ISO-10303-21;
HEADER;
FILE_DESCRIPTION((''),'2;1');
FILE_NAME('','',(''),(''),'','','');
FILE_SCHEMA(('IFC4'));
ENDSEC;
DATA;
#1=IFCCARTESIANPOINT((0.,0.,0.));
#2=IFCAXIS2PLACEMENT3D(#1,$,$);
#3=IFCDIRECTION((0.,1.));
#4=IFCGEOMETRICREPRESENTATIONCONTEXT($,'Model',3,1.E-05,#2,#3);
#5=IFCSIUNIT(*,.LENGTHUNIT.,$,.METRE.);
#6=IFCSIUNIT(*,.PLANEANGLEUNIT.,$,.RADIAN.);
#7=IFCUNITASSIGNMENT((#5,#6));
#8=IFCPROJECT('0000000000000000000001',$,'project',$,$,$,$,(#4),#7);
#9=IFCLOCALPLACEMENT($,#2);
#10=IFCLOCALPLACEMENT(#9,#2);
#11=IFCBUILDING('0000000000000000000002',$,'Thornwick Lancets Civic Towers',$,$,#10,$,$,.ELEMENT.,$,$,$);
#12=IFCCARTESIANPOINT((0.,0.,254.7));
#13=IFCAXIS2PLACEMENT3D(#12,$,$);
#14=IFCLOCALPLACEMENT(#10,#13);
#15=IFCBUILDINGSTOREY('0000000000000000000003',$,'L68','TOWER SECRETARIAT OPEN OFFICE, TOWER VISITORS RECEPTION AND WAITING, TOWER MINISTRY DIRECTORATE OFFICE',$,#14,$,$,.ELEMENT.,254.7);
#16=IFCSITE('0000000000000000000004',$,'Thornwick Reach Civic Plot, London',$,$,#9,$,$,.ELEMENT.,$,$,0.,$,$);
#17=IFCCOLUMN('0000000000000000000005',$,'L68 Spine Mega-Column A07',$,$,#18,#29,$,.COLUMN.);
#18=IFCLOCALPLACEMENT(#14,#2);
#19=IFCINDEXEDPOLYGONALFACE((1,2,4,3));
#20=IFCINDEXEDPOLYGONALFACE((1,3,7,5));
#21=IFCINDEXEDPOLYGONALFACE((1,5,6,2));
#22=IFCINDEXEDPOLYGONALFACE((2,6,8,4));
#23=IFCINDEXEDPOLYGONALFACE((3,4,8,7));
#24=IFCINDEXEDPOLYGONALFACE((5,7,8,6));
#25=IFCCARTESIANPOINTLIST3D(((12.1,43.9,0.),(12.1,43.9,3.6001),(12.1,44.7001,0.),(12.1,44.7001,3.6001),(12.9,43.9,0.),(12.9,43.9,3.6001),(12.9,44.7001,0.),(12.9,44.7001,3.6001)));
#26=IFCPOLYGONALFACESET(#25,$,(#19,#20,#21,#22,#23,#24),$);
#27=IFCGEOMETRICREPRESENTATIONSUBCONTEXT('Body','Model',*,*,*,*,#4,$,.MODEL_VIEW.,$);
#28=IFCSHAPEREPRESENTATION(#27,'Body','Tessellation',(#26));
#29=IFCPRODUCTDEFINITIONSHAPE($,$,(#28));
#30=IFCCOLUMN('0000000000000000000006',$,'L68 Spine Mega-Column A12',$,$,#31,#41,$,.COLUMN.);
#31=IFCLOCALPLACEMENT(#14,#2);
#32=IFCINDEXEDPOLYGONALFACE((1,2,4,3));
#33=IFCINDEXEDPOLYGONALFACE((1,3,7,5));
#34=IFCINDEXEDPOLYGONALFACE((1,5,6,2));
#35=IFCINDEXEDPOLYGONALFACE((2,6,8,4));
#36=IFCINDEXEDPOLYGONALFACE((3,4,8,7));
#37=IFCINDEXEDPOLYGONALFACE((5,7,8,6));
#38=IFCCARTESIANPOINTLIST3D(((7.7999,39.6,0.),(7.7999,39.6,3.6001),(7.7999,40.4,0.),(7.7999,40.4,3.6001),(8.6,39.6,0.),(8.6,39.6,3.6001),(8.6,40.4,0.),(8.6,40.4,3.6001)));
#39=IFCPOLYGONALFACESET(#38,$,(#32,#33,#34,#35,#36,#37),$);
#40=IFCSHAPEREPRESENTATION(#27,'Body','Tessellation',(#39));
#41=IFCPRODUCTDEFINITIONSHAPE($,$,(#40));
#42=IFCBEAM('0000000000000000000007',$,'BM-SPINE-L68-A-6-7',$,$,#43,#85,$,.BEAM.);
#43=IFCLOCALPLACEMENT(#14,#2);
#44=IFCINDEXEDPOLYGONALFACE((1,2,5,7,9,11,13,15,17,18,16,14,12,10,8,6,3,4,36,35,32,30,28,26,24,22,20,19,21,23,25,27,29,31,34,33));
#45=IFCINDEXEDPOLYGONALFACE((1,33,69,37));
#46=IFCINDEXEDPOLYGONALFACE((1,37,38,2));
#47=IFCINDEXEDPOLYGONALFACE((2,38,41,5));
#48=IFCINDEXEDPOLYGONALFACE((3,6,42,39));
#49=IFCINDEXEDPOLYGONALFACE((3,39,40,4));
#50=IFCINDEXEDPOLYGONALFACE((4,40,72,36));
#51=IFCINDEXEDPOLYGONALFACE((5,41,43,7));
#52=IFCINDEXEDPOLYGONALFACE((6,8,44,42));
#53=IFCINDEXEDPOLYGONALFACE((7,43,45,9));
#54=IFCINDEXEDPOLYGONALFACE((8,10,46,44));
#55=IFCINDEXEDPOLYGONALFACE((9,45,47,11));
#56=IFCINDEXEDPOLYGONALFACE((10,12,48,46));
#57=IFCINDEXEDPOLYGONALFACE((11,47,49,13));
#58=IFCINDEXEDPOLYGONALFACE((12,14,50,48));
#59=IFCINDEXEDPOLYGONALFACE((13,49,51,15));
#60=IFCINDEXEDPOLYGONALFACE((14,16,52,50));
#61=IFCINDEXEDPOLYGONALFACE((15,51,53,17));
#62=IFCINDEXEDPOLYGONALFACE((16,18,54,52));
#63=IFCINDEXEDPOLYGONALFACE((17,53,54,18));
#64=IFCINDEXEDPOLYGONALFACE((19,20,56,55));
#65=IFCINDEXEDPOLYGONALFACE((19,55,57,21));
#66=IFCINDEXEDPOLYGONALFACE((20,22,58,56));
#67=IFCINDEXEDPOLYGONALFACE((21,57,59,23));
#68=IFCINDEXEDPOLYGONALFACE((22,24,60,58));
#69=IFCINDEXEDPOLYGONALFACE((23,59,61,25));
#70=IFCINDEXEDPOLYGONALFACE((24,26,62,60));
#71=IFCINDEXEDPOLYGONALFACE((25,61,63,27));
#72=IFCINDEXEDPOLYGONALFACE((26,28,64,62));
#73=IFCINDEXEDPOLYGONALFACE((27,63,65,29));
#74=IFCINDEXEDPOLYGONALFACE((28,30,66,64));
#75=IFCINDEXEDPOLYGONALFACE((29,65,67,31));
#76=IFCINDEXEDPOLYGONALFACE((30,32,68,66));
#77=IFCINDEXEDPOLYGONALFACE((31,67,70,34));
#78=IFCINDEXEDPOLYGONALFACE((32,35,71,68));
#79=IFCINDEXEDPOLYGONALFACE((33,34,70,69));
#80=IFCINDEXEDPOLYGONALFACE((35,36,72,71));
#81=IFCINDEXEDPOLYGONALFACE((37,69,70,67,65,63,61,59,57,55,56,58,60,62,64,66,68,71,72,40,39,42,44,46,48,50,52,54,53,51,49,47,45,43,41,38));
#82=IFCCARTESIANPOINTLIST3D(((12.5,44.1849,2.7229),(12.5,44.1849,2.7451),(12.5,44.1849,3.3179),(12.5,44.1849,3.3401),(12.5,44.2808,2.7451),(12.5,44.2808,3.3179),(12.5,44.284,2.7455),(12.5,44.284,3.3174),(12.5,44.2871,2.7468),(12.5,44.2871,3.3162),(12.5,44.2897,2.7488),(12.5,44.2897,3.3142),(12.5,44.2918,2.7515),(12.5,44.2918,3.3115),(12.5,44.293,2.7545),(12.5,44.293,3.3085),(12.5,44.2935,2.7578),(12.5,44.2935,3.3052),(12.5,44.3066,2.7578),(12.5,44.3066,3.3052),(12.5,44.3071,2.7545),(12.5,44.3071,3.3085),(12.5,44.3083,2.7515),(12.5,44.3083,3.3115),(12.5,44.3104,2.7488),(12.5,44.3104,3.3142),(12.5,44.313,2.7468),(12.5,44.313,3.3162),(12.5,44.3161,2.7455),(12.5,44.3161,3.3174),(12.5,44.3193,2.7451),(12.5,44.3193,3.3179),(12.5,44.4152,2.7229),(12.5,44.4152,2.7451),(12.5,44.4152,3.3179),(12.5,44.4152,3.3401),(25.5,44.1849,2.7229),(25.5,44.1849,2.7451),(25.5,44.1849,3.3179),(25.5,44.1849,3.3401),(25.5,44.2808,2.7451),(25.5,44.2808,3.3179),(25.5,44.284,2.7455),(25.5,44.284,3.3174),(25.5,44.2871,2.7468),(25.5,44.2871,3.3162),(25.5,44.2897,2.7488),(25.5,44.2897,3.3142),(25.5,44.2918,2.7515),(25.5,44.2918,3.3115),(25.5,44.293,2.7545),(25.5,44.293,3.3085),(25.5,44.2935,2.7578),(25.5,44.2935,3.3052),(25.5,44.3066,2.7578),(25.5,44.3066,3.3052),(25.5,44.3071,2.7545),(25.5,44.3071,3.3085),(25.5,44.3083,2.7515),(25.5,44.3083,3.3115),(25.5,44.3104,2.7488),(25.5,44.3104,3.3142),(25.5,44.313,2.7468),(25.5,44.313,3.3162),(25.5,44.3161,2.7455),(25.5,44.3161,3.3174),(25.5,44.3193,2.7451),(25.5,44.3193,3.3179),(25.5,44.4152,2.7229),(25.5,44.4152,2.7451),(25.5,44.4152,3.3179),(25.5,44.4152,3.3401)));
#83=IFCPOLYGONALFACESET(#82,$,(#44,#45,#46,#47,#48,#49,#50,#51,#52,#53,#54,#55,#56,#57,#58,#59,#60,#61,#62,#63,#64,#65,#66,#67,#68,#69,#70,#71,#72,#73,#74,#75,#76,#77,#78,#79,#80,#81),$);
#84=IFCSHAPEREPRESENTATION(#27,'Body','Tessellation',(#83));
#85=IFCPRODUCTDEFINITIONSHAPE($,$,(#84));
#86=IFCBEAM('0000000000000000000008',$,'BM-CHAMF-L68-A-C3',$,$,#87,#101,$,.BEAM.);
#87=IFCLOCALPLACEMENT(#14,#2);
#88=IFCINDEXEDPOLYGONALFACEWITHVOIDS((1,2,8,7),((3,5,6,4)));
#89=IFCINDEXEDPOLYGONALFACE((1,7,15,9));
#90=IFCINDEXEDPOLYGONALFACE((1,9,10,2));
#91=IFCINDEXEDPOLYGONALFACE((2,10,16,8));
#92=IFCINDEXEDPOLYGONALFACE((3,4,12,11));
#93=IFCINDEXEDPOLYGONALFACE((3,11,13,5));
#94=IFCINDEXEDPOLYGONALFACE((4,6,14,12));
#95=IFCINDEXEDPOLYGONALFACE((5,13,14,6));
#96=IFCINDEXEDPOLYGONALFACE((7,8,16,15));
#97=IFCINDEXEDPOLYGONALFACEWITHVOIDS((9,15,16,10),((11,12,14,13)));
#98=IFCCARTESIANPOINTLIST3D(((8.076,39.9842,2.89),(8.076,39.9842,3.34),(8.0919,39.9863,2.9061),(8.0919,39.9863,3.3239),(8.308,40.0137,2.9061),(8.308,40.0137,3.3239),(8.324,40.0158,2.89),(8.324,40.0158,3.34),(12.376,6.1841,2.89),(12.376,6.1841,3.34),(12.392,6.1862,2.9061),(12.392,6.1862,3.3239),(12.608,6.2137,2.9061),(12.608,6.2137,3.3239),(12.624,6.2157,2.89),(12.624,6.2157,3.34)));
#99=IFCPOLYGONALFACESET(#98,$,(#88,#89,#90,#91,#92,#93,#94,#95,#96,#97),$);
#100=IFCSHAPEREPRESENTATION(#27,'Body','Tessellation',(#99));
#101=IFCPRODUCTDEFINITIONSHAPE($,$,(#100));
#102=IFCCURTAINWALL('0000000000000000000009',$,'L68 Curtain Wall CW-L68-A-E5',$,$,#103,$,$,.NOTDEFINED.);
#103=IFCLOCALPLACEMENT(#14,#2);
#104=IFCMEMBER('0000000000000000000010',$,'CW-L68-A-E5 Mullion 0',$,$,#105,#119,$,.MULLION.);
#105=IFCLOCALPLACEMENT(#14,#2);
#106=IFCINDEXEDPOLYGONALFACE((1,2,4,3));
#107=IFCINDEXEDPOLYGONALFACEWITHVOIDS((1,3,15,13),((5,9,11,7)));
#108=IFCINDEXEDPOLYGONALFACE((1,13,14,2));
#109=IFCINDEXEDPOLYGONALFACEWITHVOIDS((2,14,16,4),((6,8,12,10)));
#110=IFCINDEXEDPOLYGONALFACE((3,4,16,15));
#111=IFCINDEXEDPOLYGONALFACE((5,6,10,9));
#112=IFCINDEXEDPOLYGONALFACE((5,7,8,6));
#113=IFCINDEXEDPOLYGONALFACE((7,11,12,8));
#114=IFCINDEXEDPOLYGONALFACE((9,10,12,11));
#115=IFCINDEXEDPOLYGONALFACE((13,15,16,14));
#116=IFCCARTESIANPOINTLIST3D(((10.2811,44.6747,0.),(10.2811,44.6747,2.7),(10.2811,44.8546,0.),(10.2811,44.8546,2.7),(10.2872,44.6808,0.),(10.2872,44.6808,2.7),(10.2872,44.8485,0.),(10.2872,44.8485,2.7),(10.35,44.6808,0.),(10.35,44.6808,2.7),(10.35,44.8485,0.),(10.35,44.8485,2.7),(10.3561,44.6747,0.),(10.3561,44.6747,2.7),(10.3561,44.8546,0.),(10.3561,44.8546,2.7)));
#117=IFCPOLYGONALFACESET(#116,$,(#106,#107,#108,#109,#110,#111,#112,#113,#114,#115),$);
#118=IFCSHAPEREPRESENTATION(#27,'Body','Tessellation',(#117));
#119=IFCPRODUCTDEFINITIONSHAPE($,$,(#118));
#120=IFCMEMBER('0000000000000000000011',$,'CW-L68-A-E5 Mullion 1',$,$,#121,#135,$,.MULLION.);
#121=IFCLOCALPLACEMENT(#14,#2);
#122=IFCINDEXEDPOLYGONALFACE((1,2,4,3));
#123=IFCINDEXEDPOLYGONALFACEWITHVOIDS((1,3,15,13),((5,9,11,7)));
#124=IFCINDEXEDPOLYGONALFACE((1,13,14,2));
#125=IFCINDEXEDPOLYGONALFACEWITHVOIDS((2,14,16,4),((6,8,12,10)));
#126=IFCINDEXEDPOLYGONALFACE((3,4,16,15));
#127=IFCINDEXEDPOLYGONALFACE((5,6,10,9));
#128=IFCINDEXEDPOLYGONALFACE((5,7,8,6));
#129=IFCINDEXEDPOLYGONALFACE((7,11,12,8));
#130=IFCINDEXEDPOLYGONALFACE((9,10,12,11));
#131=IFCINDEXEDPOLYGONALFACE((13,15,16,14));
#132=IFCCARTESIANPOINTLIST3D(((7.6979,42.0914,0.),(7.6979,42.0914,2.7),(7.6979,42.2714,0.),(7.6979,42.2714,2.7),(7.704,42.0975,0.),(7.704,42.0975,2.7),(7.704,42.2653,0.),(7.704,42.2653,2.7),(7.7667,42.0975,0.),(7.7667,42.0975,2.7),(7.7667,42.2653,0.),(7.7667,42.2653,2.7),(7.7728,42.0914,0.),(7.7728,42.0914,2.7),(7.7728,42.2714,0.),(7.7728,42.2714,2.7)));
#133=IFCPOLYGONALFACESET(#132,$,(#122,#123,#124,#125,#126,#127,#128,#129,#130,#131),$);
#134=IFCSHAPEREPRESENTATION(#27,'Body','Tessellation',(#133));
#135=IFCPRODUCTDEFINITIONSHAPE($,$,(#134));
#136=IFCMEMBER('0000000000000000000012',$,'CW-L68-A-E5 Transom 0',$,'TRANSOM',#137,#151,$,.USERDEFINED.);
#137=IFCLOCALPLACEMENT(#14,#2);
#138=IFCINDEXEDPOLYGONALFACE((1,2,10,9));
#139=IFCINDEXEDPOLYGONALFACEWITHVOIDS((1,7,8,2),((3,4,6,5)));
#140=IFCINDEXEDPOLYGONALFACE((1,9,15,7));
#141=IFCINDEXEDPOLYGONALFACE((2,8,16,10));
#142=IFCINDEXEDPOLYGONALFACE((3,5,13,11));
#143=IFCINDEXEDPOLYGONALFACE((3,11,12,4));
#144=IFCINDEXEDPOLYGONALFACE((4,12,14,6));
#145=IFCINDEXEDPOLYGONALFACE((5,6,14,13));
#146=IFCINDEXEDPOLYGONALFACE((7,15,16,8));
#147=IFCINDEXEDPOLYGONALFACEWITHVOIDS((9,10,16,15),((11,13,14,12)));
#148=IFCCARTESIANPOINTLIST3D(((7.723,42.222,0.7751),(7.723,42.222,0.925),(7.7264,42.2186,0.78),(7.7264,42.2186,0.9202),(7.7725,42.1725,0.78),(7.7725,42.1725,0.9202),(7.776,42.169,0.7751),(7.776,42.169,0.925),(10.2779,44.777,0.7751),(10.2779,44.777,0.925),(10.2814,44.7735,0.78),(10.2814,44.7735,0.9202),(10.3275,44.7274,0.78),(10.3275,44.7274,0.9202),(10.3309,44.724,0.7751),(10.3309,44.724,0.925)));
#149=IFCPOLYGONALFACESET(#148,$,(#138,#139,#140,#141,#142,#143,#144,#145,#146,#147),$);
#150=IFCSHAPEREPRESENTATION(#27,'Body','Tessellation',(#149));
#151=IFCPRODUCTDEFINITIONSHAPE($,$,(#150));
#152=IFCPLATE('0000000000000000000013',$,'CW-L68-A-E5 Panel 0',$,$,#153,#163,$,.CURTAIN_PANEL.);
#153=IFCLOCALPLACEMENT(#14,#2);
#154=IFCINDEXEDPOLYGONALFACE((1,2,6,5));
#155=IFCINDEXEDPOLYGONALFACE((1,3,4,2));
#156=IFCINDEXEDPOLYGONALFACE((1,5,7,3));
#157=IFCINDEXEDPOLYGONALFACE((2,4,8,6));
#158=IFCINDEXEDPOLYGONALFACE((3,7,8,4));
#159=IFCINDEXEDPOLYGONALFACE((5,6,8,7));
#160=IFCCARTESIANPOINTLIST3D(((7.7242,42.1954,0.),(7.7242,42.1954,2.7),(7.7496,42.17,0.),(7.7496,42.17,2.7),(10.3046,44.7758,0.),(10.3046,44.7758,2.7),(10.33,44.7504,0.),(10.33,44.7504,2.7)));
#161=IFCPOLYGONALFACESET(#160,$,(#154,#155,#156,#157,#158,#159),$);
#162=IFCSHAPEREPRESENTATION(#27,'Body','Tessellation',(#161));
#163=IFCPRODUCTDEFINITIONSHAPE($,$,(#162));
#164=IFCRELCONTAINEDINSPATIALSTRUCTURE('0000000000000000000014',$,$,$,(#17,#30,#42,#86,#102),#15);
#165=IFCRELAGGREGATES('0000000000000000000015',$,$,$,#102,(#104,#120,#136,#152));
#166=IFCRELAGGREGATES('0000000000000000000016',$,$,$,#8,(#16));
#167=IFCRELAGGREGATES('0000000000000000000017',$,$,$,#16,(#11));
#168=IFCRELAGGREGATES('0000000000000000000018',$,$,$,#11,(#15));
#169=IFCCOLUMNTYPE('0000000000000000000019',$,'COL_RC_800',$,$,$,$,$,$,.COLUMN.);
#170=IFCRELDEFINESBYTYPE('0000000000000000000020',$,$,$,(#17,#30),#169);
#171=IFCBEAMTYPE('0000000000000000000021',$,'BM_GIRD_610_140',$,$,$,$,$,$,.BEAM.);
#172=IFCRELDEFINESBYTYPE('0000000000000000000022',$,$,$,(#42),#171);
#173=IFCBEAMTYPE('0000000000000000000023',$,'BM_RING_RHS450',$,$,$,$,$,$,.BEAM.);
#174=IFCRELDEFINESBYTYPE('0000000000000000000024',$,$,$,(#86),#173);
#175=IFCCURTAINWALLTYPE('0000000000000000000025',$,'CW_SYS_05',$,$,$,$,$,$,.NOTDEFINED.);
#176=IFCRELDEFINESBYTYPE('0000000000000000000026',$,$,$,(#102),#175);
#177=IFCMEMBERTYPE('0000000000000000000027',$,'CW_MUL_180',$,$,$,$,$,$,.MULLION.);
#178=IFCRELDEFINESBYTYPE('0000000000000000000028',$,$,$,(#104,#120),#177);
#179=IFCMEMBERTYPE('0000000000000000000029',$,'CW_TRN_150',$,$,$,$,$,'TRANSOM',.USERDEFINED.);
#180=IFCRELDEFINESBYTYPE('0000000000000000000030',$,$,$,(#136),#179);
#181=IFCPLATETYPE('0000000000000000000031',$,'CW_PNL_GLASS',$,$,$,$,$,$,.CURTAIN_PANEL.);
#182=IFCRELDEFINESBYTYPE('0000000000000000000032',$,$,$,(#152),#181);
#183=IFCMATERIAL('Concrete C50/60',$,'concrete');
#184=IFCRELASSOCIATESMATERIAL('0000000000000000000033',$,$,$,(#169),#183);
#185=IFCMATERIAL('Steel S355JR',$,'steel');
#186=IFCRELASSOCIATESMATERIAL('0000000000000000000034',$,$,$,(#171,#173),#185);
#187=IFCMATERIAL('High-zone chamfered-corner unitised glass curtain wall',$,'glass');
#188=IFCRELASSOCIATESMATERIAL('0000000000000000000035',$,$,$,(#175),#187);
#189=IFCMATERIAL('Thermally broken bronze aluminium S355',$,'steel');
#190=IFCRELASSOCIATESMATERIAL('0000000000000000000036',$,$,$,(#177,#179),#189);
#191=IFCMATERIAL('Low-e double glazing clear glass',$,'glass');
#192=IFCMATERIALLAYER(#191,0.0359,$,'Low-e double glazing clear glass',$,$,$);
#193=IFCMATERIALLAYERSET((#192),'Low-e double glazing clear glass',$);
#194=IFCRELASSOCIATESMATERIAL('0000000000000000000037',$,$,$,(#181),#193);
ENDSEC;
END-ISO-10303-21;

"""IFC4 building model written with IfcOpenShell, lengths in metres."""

from ifc_helpers import new_model, si_unit, direction, frame, origin, origin_2d, place, context, subcontext, project, spatial, rectangle, hollow_rectangle, i_section, extrude, material, layer, layer_set, material_profile, profile_set, type_object, element, aggregate, save


model = new_model("IFC4")

# Units and contexts
model_context = context("Model", 3, precision=1e-05, world=origin(), true_north=direction((0.0, 1.0)))
body_context = subcontext(model_context, "Body", "Model", "MODEL_VIEW")
ifc_project = project(units=[si_unit("LENGTHUNIT", "METRE"), si_unit("PLANEANGLEUNIT", "RADIAN")], contexts=[model_context])

# Site, building, storey
site_placement = place(None, origin())
site = spatial("IfcSite", under=ifc_project, at=site_placement, Name="Thornwick Reach Civic Plot, London", CompositionType="ELEMENT", RefElevation=0.0)
building_placement = place(site_placement, origin())
building = spatial("IfcBuilding", under=site, at=building_placement, Name="Thornwick Lancets Civic Towers", CompositionType="ELEMENT")
storey_placement = place(building_placement, frame((0.0, 0.0, 254.7)))
storey = spatial("IfcBuildingStorey", under=building, at=storey_placement, Name="L68", Description="TOWER SECRETARIAT OPEN OFFICE, TOWER VISITORS RECEPTION AND WAITING, TOWER MINISTRY DIRECTORATE OFFICE", CompositionType="ELEMENT", Elevation=254.7)

# Columns
ifc_material_1 = material(Name="Concrete C50/60", Category="concrete")
ifc_material_profile_1 = material_profile(ifc_material_1, rectangle(XDim=0.8, YDim=0.8, at=origin_2d()), Name="RC 800x800")
ifc_profile_set_1 = profile_set([ifc_material_profile_1], Name="Concrete C50/60")
column_type = type_object("IfcColumnType", Name="COL_RC_800", PredefinedType="COLUMN", material=ifc_profile_set_1)
for number, where, z_axis, x_axis, name in (
    (1, (12.5, 44.3, 0.0), (0.0, 0.0, 1.0), (1.0, 0.0, 0.0), "L68 Spine Mega-Column A07"),
    (2, (8.2, 40.0, 0.0), (0.0, 0.0, 1.0), (1.0, 0.0, 0.0), "L68 Spine Mega-Column A12"),
):
    element("IfcColumn", number, at=place(storey_placement, frame(where, z_axis=z_axis, x_axis=x_axis)), inside=storey, type_object=column_type, Name=name, PredefinedType="COLUMN", context=body_context, shape_type="SweptSolid", body=[
        extrude(rectangle(XDim=0.8, YDim=0.8, at=origin_2d()), origin(), (0.0, 0.0, 1.0), 3.6001),
    ])

# Beams
ifc_material_2 = material(Name="Steel S355JR", Category="steel")
ifc_material_profile_2 = material_profile(ifc_material_2, i_section(OverallWidth=0.2302, OverallDepth=0.6172, WebThickness=0.0132, FlangeThickness=0.0222, FilletRadius=0.0127, at=origin_2d()), Name="UKB 610x229x140")
ifc_profile_set_2 = profile_set([ifc_material_profile_2], Name="Steel S355JR")
beam_type_1 = type_object("IfcBeamType", Name="BM_GIRD_610_140", PredefinedType="BEAM", material=ifc_profile_set_2)
beam_1_placement = place(storey_placement, frame((12.5, 44.3, 3.0315), z_axis=(1.0, 0.0, 0.0), x_axis=(0.0, 1.0, 0.0)))
element("IfcBeam", 3, at=beam_1_placement, inside=storey, type_object=beam_type_1, Name="BM-SPINE-L68-A-6-7", PredefinedType="BEAM", context=body_context, shape_type="SweptSolid", body=[
    extrude(i_section(OverallWidth=0.2302, OverallDepth=0.6172, WebThickness=0.0132, FlangeThickness=0.0222, FilletRadius=0.0127, at=origin_2d()), origin(), (0.0, 0.0, 1.0), 13.0),
])
ifc_material_profile_3 = material_profile(ifc_material_2, hollow_rectangle(XDim=0.25, YDim=0.45, WallThickness=0.0161, at=origin_2d()), Name="RHS 450x250x16")
ifc_profile_set_3 = profile_set([ifc_material_profile_3], Name="Steel S355JR")
beam_type_2 = type_object("IfcBeamType", Name="BM_RING_RHS450", PredefinedType="BEAM", material=ifc_profile_set_3)
beam_2_placement = place(storey_placement, frame((8.2, 40.0, 3.115), z_axis=(0.126203, -0.992004, 0.0), x_axis=(0.992004, 0.126203, 0.0)))
element("IfcBeam", 4, at=beam_2_placement, inside=storey, type_object=beam_type_2, Name="BM-CHAMF-L68-A-C3", PredefinedType="BEAM", context=body_context, shape_type="SweptSolid", body=[
    extrude(hollow_rectangle(XDim=0.25, YDim=0.45, WallThickness=0.0161, at=origin_2d()), origin(), (0.0, 0.0, 1.0), 34.0725),
])

# Curtain wall, members, plate
ifc_material_3 = material(Name="High-zone chamfered-corner unitised glass curtain wall", Category="glass")
curtain_wall_type = type_object("IfcCurtainWallType", Name="CW_SYS_05", PredefinedType="NOTDEFINED", material=ifc_material_3)
curtain_wall_placement = place(storey_placement, origin())
curtain_wall = element("IfcCurtainWall", 5, at=curtain_wall_placement, inside=storey, type_object=curtain_wall_type, Name="L68 Curtain Wall CW-L68-A-E5", PredefinedType="NOTDEFINED")
ifc_material_4 = material(Name="Thermally broken bronze aluminium S355", Category="steel")
ifc_material_profile_4 = material_profile(ifc_material_4, hollow_rectangle(XDim=0.075, YDim=0.1799, WallThickness=0.0061, at=origin_2d()), Name="RHS 180x75x6")
ifc_profile_set_4 = profile_set([ifc_material_profile_4], Name="Thermally broken bronze aluminium S355")
member_type_1 = type_object("IfcMemberType", Name="CW_MUL_180", PredefinedType="MULLION", material=ifc_profile_set_4)
member_1_placement = place(storey_placement, frame((10.3186, 44.7646, 0.0), z_axis=(0.0, 0.0, 1.0), x_axis=(1.0, 0.0, 0.0)))
member_1 = element("IfcMember", 6, at=member_1_placement, type_object=member_type_1, Name="CW-L68-A-E5 Mullion 0", PredefinedType="MULLION", context=body_context, shape_type="SweptSolid", body=[
    extrude(hollow_rectangle(XDim=0.075, YDim=0.1799, WallThickness=0.0061, at=origin_2d()), origin(), (0.0, 0.0, 1.0), 2.7),
])
member_2_placement = place(storey_placement, frame((7.7354, 42.1814, 0.0), z_axis=(0.0, 0.0, 1.0), x_axis=(1.0, 0.0, 0.0)))
member_2 = element("IfcMember", 7, at=member_2_placement, type_object=member_type_1, Name="CW-L68-A-E5 Mullion 1", PredefinedType="MULLION", context=body_context, shape_type="SweptSolid", body=[
    extrude(hollow_rectangle(XDim=0.075, YDim=0.1799, WallThickness=0.0061, at=origin_2d()), origin(), (0.0, 0.0, 1.0), 2.7),
])
ifc_material_profile_5 = material_profile(ifc_material_4, hollow_rectangle(XDim=0.075, YDim=0.1499, WallThickness=0.0049, at=origin_2d()), Name="RHS 150x75x5")
ifc_profile_set_5 = profile_set([ifc_material_profile_5], Name="Thermally broken bronze aluminium S355")
member_type_2 = type_object("IfcMemberType", Name="CW_TRN_150", ElementType="TRANSOM", PredefinedType="USERDEFINED", material=ifc_profile_set_5)
member_3_placement = place(storey_placement, frame((10.3044, 44.7505, 0.8501), z_axis=(-0.707107, -0.707107, 0.0), x_axis=(0.707107, -0.707107, 0.0)))
member_3 = element("IfcMember", 8, at=member_3_placement, type_object=member_type_2, Name="CW-L68-A-E5 Transom 0", ObjectType="TRANSOM", PredefinedType="USERDEFINED", context=body_context, shape_type="SweptSolid", body=[
    extrude(hollow_rectangle(XDim=0.075, YDim=0.1499, WallThickness=0.0049, at=origin_2d()), origin(), (0.0, 0.0, 1.0), 3.6133),
])
ifc_material_5 = material(Name="Low-e double glazing clear glass", Category="glass")
ifc_layer_1 = layer(ifc_material_5, 0.0359, Name="Low-e double glazing clear glass")
ifc_layer_set_1 = layer_set([ifc_layer_1], Name="Low-e double glazing clear glass")
plate_type = type_object("IfcPlateType", Name="CW_PNL_GLASS", PredefinedType="CURTAIN_PANEL", material=ifc_layer_set_1)
plate_placement = place(storey_placement, frame((9.0271, 43.4729, 0.0), z_axis=(0.0, 0.0, 1.0), x_axis=(-0.707107, -0.707107, 0.0)))
plate = element("IfcPlate", 9, at=plate_placement, type_object=plate_type, Name="CW-L68-A-E5 Panel 0", PredefinedType="CURTAIN_PANEL", context=body_context, shape_type="SweptSolid", body=[
    extrude(rectangle(XDim=3.6492, YDim=0.0359, at=origin_2d()), origin(), (0.0, 0.0, 1.0), 2.7),
])
aggregate(curtain_wall, [member_1, member_2, member_3, plate])

save(model, "model.ifc")
